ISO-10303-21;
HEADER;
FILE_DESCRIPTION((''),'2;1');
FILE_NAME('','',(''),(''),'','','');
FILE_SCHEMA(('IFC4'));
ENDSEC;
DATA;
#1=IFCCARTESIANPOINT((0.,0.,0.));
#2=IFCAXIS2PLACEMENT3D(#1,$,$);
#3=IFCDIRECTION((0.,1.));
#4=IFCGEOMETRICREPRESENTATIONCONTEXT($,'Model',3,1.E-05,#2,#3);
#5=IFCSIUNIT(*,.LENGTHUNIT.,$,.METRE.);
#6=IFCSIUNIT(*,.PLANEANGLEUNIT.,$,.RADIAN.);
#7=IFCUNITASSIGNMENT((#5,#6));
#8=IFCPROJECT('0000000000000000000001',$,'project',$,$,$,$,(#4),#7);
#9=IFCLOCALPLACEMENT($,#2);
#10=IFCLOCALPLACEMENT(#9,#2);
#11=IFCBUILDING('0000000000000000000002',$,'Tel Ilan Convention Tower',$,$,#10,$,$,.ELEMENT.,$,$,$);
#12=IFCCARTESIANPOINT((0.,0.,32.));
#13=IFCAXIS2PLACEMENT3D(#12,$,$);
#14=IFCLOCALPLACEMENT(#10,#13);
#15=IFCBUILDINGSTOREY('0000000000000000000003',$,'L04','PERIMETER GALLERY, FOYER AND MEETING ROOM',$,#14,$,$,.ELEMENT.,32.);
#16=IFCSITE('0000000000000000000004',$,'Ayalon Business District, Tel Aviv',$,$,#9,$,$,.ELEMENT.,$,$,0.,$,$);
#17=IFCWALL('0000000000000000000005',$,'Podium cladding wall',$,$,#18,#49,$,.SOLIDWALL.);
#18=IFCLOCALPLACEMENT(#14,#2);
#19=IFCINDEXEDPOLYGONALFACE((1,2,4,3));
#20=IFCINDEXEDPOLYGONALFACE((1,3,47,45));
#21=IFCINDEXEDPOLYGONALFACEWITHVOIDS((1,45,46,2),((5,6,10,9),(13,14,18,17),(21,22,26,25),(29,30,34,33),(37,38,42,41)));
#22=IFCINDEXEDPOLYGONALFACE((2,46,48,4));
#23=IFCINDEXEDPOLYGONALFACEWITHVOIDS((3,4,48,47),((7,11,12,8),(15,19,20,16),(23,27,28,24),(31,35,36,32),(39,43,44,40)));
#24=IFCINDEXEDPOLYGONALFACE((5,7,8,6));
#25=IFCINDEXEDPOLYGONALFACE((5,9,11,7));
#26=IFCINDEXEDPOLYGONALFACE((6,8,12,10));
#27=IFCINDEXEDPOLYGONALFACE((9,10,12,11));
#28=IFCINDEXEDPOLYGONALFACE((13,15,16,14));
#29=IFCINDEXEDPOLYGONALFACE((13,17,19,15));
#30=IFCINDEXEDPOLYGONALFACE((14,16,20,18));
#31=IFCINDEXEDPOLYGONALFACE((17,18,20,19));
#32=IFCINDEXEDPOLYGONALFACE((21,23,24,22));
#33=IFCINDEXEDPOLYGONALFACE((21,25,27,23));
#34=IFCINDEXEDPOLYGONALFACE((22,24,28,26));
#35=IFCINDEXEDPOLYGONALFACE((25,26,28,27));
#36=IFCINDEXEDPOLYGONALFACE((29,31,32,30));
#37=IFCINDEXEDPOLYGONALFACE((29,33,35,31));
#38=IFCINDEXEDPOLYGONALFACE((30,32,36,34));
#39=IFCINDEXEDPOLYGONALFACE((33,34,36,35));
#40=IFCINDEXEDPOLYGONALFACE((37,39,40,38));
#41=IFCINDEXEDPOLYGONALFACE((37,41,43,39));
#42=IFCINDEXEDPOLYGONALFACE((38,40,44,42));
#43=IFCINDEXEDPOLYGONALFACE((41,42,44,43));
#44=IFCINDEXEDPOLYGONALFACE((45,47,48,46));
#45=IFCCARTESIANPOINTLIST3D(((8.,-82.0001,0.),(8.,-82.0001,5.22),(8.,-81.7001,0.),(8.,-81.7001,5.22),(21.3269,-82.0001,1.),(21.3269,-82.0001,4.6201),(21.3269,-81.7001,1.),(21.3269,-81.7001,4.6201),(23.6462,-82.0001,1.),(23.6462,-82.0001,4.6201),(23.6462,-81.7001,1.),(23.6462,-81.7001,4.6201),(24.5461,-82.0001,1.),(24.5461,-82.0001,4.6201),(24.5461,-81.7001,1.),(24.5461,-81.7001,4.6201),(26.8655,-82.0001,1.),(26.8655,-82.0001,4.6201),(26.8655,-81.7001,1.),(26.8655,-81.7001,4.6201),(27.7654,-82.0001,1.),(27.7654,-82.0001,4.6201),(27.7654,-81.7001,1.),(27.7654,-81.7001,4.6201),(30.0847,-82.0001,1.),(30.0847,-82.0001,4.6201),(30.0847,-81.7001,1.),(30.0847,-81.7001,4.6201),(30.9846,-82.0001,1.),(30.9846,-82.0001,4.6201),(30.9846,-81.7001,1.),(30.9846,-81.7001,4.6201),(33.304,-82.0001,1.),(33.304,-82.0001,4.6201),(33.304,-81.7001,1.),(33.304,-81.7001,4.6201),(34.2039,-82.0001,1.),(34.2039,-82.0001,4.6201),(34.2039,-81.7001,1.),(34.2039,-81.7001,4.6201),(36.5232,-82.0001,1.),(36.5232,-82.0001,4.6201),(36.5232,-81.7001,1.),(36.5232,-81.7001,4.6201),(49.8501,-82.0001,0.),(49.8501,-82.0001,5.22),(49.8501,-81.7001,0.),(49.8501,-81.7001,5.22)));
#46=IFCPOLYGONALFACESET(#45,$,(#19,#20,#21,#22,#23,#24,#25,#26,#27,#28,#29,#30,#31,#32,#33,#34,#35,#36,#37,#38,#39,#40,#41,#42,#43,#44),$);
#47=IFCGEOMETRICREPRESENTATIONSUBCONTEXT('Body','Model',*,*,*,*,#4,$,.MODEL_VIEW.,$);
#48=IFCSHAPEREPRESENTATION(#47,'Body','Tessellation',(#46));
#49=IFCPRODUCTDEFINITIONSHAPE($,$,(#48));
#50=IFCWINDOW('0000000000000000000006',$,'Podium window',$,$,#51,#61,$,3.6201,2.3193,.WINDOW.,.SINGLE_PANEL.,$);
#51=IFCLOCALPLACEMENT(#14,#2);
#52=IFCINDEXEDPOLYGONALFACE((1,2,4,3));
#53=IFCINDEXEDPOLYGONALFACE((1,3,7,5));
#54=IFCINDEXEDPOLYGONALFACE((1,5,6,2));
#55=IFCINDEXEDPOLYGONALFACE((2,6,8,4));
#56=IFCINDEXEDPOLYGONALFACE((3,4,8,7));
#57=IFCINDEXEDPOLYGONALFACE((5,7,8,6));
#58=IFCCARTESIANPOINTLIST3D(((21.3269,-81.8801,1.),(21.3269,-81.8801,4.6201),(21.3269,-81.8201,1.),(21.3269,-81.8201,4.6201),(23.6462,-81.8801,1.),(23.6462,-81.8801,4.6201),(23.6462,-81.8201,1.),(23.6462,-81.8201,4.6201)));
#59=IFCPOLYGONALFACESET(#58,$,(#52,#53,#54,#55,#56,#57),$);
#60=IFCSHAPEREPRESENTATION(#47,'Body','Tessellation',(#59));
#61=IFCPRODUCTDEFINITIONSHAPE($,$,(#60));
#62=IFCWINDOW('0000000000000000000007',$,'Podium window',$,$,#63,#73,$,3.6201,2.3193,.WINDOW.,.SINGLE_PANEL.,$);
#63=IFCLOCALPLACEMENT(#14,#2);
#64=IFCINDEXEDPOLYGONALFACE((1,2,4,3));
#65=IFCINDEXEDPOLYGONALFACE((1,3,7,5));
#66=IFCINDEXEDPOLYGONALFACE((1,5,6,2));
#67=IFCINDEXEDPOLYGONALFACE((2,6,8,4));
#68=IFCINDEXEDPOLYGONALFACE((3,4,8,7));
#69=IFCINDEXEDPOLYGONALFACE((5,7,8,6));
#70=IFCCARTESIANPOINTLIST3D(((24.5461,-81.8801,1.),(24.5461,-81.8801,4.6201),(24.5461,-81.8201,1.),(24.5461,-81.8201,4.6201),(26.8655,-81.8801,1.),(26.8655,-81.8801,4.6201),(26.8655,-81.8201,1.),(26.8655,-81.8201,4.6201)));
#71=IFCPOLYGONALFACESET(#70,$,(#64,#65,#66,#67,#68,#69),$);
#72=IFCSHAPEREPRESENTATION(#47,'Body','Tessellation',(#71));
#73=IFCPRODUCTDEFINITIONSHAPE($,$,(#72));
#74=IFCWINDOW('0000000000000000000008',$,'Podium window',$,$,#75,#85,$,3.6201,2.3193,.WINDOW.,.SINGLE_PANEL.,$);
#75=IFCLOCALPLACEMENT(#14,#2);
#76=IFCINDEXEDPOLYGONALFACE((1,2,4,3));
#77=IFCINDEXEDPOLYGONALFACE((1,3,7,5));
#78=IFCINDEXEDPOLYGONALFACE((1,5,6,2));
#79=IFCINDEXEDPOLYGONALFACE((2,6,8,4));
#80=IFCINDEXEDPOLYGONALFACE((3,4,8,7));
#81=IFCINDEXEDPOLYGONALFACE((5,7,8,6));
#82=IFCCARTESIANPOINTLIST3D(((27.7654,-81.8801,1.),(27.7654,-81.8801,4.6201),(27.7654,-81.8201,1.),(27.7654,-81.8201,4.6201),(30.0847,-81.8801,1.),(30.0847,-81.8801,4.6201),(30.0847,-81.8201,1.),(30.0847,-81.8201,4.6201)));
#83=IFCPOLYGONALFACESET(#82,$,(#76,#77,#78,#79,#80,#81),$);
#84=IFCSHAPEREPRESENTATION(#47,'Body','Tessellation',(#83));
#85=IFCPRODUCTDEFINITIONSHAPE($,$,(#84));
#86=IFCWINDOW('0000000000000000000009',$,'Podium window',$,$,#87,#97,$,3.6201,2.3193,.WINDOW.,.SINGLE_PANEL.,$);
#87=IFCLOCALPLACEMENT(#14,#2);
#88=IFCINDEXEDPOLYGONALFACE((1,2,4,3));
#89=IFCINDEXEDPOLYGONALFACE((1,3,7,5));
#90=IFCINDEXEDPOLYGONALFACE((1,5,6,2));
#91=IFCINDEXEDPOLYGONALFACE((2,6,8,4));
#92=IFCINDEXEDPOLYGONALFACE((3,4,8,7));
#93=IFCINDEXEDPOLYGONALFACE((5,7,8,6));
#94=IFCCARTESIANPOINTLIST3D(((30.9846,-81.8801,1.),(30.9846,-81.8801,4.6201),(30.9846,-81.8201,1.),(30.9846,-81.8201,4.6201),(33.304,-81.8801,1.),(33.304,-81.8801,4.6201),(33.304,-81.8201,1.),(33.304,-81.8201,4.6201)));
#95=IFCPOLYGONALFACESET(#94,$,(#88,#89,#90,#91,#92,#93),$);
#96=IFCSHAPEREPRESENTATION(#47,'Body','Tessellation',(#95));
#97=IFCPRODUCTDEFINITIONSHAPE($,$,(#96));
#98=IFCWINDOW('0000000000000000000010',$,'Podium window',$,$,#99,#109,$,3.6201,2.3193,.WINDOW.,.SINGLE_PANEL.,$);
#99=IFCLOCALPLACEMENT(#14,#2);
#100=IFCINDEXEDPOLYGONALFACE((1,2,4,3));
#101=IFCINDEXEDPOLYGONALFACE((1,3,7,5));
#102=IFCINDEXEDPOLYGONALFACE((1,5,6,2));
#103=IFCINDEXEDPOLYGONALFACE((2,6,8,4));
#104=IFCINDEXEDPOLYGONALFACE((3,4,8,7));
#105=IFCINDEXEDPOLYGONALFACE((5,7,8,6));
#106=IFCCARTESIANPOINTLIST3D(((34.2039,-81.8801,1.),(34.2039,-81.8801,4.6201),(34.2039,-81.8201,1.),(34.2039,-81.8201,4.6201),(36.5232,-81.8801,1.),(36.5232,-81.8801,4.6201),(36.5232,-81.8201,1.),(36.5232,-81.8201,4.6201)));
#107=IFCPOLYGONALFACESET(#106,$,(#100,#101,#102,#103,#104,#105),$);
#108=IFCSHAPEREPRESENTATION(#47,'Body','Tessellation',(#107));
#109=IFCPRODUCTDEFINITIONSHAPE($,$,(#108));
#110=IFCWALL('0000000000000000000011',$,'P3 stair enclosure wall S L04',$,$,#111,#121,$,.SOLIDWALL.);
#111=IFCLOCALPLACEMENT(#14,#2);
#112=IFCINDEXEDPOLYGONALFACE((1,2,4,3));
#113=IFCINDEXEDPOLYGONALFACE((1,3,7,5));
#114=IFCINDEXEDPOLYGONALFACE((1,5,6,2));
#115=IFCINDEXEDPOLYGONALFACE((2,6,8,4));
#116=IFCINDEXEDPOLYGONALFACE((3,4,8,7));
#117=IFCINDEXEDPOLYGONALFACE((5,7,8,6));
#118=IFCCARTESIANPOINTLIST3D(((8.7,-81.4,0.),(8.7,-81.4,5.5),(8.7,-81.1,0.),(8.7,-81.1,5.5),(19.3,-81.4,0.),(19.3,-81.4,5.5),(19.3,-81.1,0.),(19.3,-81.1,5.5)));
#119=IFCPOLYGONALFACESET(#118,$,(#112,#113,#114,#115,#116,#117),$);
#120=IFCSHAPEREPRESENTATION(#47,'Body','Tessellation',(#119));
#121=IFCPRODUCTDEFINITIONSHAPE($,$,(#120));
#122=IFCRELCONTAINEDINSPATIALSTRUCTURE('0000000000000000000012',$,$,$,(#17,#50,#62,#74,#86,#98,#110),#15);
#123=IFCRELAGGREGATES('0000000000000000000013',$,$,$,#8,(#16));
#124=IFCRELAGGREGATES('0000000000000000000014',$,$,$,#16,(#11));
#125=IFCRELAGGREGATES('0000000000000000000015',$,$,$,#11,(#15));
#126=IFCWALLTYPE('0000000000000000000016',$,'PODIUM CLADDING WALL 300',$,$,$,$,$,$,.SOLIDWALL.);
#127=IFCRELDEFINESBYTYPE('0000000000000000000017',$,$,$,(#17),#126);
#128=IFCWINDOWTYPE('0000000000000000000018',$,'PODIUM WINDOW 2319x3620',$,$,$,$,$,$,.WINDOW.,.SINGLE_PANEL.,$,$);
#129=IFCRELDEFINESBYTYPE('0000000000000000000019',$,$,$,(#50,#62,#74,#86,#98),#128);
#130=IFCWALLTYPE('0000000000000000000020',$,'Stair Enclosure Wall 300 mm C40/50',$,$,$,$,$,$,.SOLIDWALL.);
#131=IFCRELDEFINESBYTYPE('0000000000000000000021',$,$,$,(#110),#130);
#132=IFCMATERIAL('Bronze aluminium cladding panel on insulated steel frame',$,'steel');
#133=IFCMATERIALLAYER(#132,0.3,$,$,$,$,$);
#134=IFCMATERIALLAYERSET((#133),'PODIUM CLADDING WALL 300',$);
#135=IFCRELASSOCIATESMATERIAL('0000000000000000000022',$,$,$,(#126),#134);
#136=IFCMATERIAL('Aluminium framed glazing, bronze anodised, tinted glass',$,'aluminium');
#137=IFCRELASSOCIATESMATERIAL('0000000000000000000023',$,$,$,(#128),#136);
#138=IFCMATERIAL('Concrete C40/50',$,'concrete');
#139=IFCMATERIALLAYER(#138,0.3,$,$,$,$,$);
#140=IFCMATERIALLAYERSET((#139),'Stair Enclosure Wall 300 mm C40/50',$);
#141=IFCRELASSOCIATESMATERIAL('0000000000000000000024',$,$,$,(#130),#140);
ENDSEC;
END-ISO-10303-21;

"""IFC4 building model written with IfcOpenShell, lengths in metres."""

from ifc_helpers import new_model, si_unit, direction, frame, frame_2d, origin, place, context, subcontext, project, spatial, rectangle, extrude, material, layer, layer_set, type_object, element, fill, save


model = new_model("IFC4")

# Units and contexts
model_context = context("Model", 3, precision=1e-05, world=origin(), true_north=direction((0.0, 1.0)))
body_context = subcontext(model_context, "Body", "Model", "MODEL_VIEW")
ifc_project = project(units=[si_unit("LENGTHUNIT", "METRE"), si_unit("PLANEANGLEUNIT", "RADIAN")], contexts=[model_context])

# Site, building, storey
site_placement = place(None, origin())
site = spatial("IfcSite", under=ifc_project, at=site_placement, Name="Ayalon Business District, Tel Aviv", CompositionType="ELEMENT", RefElevation=0.0)
building_placement = place(site_placement, origin())
building = spatial("IfcBuilding", under=site, at=building_placement, Name="Tel Ilan Convention Tower", CompositionType="ELEMENT")
storey_placement = place(building_placement, frame((0.0, 0.0, 32.0)))
storey = spatial("IfcBuildingStorey", under=building, at=storey_placement, Name="L04", Description="PERIMETER GALLERY, FOYER AND MEETING ROOM", CompositionType="ELEMENT", Elevation=32.0)

# Wall, openings, windows
ifc_material_1 = material(Name="Bronze aluminium cladding panel on insulated steel frame", Category="steel")
ifc_layer_1 = layer(ifc_material_1, 0.3)
ifc_layer_set_1 = layer_set([ifc_layer_1], Name="PODIUM CLADDING WALL 300")
wall_type_1 = type_object("IfcWallType", Name="PODIUM CLADDING WALL 300", PredefinedType="SOLIDWALL", material=ifc_layer_set_1)
wall_1_placement = place(storey_placement, frame((8.0, -81.8501, 0.0), z_axis=(0.0, 0.0, 1.0), x_axis=(1.0, 0.0, 0.0)))
wall_1 = element("IfcWall", 1, at=wall_1_placement, inside=storey, type_object=wall_type_1, Name="Podium cladding wall", PredefinedType="SOLIDWALL", context=body_context, shape_type="SweptSolid", body=[
    extrude(rectangle(XDim=41.8501, YDim=0.3, at=frame_2d((20.925, 0.0))), origin(), (0.0, 0.0, 1.0), 5.22),
])
opening_1_placement = place(wall_1_placement, frame((13.3269, 0.0, 1.0)))
opening_1 = element("IfcOpeningElement", 2, at=opening_1_placement, cuts=wall_1, PredefinedType="OPENING", context=body_context, shape_type="SweptSolid", body=[
    extrude(rectangle(XDim=2.3193, YDim=3.6201, at=frame_2d((1.1597, 1.8101))), frame((0.0, 0.1599, 0.0), z_axis=(0.0, -1.0, 0.0), x_axis=(1.0, 0.0, 0.0)), (0.0, 0.0, 1.0), 0.3201),
])
opening_2_placement = place(wall_1_placement, frame((16.5461, 0.0, 1.0)))
opening_2 = element("IfcOpeningElement", 3, at=opening_2_placement, cuts=wall_1, PredefinedType="OPENING", context=body_context, shape_type="SweptSolid", body=[
    extrude(rectangle(XDim=2.3193, YDim=3.6201, at=frame_2d((1.1597, 1.8101))), frame((0.0, 0.1599, 0.0), z_axis=(0.0, -1.0, 0.0), x_axis=(1.0, 0.0, 0.0)), (0.0, 0.0, 1.0), 0.3201),
])
opening_3_placement = place(wall_1_placement, frame((19.7654, 0.0, 1.0)))
opening_3 = element("IfcOpeningElement", 4, at=opening_3_placement, cuts=wall_1, PredefinedType="OPENING", context=body_context, shape_type="SweptSolid", body=[
    extrude(rectangle(XDim=2.3193, YDim=3.6201, at=frame_2d((1.1597, 1.8101))), frame((0.0, 0.1599, 0.0), z_axis=(0.0, -1.0, 0.0), x_axis=(1.0, 0.0, 0.0)), (0.0, 0.0, 1.0), 0.3201),
])
opening_4_placement = place(wall_1_placement, frame((22.9846, 0.0, 1.0)))
opening_4 = element("IfcOpeningElement", 5, at=opening_4_placement, cuts=wall_1, PredefinedType="OPENING", context=body_context, shape_type="SweptSolid", body=[
    extrude(rectangle(XDim=2.3193, YDim=3.6201, at=frame_2d((1.1597, 1.8101))), frame((0.0, 0.1599, 0.0), z_axis=(0.0, -1.0, 0.0), x_axis=(1.0, 0.0, 0.0)), (0.0, 0.0, 1.0), 0.3201),
])
opening_5_placement = place(wall_1_placement, frame((26.2039, 0.0, 1.0)))
opening_5 = element("IfcOpeningElement", 6, at=opening_5_placement, cuts=wall_1, PredefinedType="OPENING", context=body_context, shape_type="SweptSolid", body=[
    extrude(rectangle(XDim=2.3193, YDim=3.6201, at=frame_2d((1.1597, 1.8101))), frame((0.0, 0.1599, 0.0), z_axis=(0.0, -1.0, 0.0), x_axis=(1.0, 0.0, 0.0)), (0.0, 0.0, 1.0), 0.3201),
])
ifc_material_2 = material(Name="Aluminium framed glazing, bronze anodised, tinted glass", Category="aluminium")
window_type = type_object("IfcWindowType", Name="PODIUM WINDOW 2319x3620", PartitioningType="SINGLE_PANEL", PredefinedType="WINDOW", material=ifc_material_2)
window_1_placement = place(opening_1_placement, origin())
window_1 = element("IfcWindow", 7, at=window_1_placement, inside=storey, type_object=window_type, Name="Podium window", OverallHeight=3.6201, OverallWidth=2.3193, PartitioningType="SINGLE_PANEL", PredefinedType="WINDOW", context=body_context, shape_type="SweptSolid", body=[
    extrude(rectangle(XDim=2.3193, YDim=3.6201, at=frame_2d((1.1597, 1.8101))), frame((0.0, 0.03, 0.0), z_axis=(0.0, -1.0, 0.0), x_axis=(1.0, 0.0, 0.0)), (0.0, 0.0, 1.0), 0.0601),
])
fill(opening_1, window_1)
window_2_placement = place(opening_2_placement, origin())
window_2 = element("IfcWindow", 8, at=window_2_placement, inside=storey, type_object=window_type, Name="Podium window", OverallHeight=3.6201, OverallWidth=2.3193, PartitioningType="SINGLE_PANEL", PredefinedType="WINDOW", context=body_context, shape_type="SweptSolid", body=[
    extrude(rectangle(XDim=2.3193, YDim=3.6201, at=frame_2d((1.1597, 1.8101))), frame((0.0, 0.03, 0.0), z_axis=(0.0, -1.0, 0.0), x_axis=(1.0, 0.0, 0.0)), (0.0, 0.0, 1.0), 0.0601),
])
fill(opening_2, window_2)
window_3_placement = place(opening_3_placement, origin())
window_3 = element("IfcWindow", 9, at=window_3_placement, inside=storey, type_object=window_type, Name="Podium window", OverallHeight=3.6201, OverallWidth=2.3193, PartitioningType="SINGLE_PANEL", PredefinedType="WINDOW", context=body_context, shape_type="SweptSolid", body=[
    extrude(rectangle(XDim=2.3193, YDim=3.6201, at=frame_2d((1.1597, 1.8101))), frame((0.0, 0.03, 0.0), z_axis=(0.0, -1.0, 0.0), x_axis=(1.0, 0.0, 0.0)), (0.0, 0.0, 1.0), 0.0601),
])
fill(opening_3, window_3)
window_4_placement = place(opening_4_placement, origin())
window_4 = element("IfcWindow", 10, at=window_4_placement, inside=storey, type_object=window_type, Name="Podium window", OverallHeight=3.6201, OverallWidth=2.3193, PartitioningType="SINGLE_PANEL", PredefinedType="WINDOW", context=body_context, shape_type="SweptSolid", body=[
    extrude(rectangle(XDim=2.3193, YDim=3.6201, at=frame_2d((1.1597, 1.8101))), frame((0.0, 0.03, 0.0), z_axis=(0.0, -1.0, 0.0), x_axis=(1.0, 0.0, 0.0)), (0.0, 0.0, 1.0), 0.0601),
])
fill(opening_4, window_4)
window_5_placement = place(opening_5_placement, origin())
window_5 = element("IfcWindow", 11, at=window_5_placement, inside=storey, type_object=window_type, Name="Podium window", OverallHeight=3.6201, OverallWidth=2.3193, PartitioningType="SINGLE_PANEL", PredefinedType="WINDOW", context=body_context, shape_type="SweptSolid", body=[
    extrude(rectangle(XDim=2.3193, YDim=3.6201, at=frame_2d((1.1597, 1.8101))), frame((0.0, 0.03, 0.0), z_axis=(0.0, -1.0, 0.0), x_axis=(1.0, 0.0, 0.0)), (0.0, 0.0, 1.0), 0.0601),
])
fill(opening_5, window_5)

# Wall
ifc_material_3 = material(Name="Concrete C40/50", Category="concrete")
ifc_layer_2 = layer(ifc_material_3, 0.3)
ifc_layer_set_2 = layer_set([ifc_layer_2], Name="Stair Enclosure Wall 300 mm C40/50")
wall_type_2 = type_object("IfcWallType", Name="Stair Enclosure Wall 300 mm C40/50", PredefinedType="SOLIDWALL", material=ifc_layer_set_2)
wall_2_placement = place(storey_placement, frame((8.7, -81.25, 0.0), z_axis=(0.0, 0.0, 1.0), x_axis=(1.0, 0.0, 0.0)))
element("IfcWall", 12, at=wall_2_placement, inside=storey, type_object=wall_type_2, Name="P3 stair enclosure wall S L04", PredefinedType="SOLIDWALL", context=body_context, shape_type="SweptSolid", body=[
    extrude(rectangle(XDim=10.6001, YDim=0.3, at=frame_2d((5.3, 0.0))), origin(), (0.0, 0.0, 1.0), 5.5),
])

save(model, "model.ifc")
